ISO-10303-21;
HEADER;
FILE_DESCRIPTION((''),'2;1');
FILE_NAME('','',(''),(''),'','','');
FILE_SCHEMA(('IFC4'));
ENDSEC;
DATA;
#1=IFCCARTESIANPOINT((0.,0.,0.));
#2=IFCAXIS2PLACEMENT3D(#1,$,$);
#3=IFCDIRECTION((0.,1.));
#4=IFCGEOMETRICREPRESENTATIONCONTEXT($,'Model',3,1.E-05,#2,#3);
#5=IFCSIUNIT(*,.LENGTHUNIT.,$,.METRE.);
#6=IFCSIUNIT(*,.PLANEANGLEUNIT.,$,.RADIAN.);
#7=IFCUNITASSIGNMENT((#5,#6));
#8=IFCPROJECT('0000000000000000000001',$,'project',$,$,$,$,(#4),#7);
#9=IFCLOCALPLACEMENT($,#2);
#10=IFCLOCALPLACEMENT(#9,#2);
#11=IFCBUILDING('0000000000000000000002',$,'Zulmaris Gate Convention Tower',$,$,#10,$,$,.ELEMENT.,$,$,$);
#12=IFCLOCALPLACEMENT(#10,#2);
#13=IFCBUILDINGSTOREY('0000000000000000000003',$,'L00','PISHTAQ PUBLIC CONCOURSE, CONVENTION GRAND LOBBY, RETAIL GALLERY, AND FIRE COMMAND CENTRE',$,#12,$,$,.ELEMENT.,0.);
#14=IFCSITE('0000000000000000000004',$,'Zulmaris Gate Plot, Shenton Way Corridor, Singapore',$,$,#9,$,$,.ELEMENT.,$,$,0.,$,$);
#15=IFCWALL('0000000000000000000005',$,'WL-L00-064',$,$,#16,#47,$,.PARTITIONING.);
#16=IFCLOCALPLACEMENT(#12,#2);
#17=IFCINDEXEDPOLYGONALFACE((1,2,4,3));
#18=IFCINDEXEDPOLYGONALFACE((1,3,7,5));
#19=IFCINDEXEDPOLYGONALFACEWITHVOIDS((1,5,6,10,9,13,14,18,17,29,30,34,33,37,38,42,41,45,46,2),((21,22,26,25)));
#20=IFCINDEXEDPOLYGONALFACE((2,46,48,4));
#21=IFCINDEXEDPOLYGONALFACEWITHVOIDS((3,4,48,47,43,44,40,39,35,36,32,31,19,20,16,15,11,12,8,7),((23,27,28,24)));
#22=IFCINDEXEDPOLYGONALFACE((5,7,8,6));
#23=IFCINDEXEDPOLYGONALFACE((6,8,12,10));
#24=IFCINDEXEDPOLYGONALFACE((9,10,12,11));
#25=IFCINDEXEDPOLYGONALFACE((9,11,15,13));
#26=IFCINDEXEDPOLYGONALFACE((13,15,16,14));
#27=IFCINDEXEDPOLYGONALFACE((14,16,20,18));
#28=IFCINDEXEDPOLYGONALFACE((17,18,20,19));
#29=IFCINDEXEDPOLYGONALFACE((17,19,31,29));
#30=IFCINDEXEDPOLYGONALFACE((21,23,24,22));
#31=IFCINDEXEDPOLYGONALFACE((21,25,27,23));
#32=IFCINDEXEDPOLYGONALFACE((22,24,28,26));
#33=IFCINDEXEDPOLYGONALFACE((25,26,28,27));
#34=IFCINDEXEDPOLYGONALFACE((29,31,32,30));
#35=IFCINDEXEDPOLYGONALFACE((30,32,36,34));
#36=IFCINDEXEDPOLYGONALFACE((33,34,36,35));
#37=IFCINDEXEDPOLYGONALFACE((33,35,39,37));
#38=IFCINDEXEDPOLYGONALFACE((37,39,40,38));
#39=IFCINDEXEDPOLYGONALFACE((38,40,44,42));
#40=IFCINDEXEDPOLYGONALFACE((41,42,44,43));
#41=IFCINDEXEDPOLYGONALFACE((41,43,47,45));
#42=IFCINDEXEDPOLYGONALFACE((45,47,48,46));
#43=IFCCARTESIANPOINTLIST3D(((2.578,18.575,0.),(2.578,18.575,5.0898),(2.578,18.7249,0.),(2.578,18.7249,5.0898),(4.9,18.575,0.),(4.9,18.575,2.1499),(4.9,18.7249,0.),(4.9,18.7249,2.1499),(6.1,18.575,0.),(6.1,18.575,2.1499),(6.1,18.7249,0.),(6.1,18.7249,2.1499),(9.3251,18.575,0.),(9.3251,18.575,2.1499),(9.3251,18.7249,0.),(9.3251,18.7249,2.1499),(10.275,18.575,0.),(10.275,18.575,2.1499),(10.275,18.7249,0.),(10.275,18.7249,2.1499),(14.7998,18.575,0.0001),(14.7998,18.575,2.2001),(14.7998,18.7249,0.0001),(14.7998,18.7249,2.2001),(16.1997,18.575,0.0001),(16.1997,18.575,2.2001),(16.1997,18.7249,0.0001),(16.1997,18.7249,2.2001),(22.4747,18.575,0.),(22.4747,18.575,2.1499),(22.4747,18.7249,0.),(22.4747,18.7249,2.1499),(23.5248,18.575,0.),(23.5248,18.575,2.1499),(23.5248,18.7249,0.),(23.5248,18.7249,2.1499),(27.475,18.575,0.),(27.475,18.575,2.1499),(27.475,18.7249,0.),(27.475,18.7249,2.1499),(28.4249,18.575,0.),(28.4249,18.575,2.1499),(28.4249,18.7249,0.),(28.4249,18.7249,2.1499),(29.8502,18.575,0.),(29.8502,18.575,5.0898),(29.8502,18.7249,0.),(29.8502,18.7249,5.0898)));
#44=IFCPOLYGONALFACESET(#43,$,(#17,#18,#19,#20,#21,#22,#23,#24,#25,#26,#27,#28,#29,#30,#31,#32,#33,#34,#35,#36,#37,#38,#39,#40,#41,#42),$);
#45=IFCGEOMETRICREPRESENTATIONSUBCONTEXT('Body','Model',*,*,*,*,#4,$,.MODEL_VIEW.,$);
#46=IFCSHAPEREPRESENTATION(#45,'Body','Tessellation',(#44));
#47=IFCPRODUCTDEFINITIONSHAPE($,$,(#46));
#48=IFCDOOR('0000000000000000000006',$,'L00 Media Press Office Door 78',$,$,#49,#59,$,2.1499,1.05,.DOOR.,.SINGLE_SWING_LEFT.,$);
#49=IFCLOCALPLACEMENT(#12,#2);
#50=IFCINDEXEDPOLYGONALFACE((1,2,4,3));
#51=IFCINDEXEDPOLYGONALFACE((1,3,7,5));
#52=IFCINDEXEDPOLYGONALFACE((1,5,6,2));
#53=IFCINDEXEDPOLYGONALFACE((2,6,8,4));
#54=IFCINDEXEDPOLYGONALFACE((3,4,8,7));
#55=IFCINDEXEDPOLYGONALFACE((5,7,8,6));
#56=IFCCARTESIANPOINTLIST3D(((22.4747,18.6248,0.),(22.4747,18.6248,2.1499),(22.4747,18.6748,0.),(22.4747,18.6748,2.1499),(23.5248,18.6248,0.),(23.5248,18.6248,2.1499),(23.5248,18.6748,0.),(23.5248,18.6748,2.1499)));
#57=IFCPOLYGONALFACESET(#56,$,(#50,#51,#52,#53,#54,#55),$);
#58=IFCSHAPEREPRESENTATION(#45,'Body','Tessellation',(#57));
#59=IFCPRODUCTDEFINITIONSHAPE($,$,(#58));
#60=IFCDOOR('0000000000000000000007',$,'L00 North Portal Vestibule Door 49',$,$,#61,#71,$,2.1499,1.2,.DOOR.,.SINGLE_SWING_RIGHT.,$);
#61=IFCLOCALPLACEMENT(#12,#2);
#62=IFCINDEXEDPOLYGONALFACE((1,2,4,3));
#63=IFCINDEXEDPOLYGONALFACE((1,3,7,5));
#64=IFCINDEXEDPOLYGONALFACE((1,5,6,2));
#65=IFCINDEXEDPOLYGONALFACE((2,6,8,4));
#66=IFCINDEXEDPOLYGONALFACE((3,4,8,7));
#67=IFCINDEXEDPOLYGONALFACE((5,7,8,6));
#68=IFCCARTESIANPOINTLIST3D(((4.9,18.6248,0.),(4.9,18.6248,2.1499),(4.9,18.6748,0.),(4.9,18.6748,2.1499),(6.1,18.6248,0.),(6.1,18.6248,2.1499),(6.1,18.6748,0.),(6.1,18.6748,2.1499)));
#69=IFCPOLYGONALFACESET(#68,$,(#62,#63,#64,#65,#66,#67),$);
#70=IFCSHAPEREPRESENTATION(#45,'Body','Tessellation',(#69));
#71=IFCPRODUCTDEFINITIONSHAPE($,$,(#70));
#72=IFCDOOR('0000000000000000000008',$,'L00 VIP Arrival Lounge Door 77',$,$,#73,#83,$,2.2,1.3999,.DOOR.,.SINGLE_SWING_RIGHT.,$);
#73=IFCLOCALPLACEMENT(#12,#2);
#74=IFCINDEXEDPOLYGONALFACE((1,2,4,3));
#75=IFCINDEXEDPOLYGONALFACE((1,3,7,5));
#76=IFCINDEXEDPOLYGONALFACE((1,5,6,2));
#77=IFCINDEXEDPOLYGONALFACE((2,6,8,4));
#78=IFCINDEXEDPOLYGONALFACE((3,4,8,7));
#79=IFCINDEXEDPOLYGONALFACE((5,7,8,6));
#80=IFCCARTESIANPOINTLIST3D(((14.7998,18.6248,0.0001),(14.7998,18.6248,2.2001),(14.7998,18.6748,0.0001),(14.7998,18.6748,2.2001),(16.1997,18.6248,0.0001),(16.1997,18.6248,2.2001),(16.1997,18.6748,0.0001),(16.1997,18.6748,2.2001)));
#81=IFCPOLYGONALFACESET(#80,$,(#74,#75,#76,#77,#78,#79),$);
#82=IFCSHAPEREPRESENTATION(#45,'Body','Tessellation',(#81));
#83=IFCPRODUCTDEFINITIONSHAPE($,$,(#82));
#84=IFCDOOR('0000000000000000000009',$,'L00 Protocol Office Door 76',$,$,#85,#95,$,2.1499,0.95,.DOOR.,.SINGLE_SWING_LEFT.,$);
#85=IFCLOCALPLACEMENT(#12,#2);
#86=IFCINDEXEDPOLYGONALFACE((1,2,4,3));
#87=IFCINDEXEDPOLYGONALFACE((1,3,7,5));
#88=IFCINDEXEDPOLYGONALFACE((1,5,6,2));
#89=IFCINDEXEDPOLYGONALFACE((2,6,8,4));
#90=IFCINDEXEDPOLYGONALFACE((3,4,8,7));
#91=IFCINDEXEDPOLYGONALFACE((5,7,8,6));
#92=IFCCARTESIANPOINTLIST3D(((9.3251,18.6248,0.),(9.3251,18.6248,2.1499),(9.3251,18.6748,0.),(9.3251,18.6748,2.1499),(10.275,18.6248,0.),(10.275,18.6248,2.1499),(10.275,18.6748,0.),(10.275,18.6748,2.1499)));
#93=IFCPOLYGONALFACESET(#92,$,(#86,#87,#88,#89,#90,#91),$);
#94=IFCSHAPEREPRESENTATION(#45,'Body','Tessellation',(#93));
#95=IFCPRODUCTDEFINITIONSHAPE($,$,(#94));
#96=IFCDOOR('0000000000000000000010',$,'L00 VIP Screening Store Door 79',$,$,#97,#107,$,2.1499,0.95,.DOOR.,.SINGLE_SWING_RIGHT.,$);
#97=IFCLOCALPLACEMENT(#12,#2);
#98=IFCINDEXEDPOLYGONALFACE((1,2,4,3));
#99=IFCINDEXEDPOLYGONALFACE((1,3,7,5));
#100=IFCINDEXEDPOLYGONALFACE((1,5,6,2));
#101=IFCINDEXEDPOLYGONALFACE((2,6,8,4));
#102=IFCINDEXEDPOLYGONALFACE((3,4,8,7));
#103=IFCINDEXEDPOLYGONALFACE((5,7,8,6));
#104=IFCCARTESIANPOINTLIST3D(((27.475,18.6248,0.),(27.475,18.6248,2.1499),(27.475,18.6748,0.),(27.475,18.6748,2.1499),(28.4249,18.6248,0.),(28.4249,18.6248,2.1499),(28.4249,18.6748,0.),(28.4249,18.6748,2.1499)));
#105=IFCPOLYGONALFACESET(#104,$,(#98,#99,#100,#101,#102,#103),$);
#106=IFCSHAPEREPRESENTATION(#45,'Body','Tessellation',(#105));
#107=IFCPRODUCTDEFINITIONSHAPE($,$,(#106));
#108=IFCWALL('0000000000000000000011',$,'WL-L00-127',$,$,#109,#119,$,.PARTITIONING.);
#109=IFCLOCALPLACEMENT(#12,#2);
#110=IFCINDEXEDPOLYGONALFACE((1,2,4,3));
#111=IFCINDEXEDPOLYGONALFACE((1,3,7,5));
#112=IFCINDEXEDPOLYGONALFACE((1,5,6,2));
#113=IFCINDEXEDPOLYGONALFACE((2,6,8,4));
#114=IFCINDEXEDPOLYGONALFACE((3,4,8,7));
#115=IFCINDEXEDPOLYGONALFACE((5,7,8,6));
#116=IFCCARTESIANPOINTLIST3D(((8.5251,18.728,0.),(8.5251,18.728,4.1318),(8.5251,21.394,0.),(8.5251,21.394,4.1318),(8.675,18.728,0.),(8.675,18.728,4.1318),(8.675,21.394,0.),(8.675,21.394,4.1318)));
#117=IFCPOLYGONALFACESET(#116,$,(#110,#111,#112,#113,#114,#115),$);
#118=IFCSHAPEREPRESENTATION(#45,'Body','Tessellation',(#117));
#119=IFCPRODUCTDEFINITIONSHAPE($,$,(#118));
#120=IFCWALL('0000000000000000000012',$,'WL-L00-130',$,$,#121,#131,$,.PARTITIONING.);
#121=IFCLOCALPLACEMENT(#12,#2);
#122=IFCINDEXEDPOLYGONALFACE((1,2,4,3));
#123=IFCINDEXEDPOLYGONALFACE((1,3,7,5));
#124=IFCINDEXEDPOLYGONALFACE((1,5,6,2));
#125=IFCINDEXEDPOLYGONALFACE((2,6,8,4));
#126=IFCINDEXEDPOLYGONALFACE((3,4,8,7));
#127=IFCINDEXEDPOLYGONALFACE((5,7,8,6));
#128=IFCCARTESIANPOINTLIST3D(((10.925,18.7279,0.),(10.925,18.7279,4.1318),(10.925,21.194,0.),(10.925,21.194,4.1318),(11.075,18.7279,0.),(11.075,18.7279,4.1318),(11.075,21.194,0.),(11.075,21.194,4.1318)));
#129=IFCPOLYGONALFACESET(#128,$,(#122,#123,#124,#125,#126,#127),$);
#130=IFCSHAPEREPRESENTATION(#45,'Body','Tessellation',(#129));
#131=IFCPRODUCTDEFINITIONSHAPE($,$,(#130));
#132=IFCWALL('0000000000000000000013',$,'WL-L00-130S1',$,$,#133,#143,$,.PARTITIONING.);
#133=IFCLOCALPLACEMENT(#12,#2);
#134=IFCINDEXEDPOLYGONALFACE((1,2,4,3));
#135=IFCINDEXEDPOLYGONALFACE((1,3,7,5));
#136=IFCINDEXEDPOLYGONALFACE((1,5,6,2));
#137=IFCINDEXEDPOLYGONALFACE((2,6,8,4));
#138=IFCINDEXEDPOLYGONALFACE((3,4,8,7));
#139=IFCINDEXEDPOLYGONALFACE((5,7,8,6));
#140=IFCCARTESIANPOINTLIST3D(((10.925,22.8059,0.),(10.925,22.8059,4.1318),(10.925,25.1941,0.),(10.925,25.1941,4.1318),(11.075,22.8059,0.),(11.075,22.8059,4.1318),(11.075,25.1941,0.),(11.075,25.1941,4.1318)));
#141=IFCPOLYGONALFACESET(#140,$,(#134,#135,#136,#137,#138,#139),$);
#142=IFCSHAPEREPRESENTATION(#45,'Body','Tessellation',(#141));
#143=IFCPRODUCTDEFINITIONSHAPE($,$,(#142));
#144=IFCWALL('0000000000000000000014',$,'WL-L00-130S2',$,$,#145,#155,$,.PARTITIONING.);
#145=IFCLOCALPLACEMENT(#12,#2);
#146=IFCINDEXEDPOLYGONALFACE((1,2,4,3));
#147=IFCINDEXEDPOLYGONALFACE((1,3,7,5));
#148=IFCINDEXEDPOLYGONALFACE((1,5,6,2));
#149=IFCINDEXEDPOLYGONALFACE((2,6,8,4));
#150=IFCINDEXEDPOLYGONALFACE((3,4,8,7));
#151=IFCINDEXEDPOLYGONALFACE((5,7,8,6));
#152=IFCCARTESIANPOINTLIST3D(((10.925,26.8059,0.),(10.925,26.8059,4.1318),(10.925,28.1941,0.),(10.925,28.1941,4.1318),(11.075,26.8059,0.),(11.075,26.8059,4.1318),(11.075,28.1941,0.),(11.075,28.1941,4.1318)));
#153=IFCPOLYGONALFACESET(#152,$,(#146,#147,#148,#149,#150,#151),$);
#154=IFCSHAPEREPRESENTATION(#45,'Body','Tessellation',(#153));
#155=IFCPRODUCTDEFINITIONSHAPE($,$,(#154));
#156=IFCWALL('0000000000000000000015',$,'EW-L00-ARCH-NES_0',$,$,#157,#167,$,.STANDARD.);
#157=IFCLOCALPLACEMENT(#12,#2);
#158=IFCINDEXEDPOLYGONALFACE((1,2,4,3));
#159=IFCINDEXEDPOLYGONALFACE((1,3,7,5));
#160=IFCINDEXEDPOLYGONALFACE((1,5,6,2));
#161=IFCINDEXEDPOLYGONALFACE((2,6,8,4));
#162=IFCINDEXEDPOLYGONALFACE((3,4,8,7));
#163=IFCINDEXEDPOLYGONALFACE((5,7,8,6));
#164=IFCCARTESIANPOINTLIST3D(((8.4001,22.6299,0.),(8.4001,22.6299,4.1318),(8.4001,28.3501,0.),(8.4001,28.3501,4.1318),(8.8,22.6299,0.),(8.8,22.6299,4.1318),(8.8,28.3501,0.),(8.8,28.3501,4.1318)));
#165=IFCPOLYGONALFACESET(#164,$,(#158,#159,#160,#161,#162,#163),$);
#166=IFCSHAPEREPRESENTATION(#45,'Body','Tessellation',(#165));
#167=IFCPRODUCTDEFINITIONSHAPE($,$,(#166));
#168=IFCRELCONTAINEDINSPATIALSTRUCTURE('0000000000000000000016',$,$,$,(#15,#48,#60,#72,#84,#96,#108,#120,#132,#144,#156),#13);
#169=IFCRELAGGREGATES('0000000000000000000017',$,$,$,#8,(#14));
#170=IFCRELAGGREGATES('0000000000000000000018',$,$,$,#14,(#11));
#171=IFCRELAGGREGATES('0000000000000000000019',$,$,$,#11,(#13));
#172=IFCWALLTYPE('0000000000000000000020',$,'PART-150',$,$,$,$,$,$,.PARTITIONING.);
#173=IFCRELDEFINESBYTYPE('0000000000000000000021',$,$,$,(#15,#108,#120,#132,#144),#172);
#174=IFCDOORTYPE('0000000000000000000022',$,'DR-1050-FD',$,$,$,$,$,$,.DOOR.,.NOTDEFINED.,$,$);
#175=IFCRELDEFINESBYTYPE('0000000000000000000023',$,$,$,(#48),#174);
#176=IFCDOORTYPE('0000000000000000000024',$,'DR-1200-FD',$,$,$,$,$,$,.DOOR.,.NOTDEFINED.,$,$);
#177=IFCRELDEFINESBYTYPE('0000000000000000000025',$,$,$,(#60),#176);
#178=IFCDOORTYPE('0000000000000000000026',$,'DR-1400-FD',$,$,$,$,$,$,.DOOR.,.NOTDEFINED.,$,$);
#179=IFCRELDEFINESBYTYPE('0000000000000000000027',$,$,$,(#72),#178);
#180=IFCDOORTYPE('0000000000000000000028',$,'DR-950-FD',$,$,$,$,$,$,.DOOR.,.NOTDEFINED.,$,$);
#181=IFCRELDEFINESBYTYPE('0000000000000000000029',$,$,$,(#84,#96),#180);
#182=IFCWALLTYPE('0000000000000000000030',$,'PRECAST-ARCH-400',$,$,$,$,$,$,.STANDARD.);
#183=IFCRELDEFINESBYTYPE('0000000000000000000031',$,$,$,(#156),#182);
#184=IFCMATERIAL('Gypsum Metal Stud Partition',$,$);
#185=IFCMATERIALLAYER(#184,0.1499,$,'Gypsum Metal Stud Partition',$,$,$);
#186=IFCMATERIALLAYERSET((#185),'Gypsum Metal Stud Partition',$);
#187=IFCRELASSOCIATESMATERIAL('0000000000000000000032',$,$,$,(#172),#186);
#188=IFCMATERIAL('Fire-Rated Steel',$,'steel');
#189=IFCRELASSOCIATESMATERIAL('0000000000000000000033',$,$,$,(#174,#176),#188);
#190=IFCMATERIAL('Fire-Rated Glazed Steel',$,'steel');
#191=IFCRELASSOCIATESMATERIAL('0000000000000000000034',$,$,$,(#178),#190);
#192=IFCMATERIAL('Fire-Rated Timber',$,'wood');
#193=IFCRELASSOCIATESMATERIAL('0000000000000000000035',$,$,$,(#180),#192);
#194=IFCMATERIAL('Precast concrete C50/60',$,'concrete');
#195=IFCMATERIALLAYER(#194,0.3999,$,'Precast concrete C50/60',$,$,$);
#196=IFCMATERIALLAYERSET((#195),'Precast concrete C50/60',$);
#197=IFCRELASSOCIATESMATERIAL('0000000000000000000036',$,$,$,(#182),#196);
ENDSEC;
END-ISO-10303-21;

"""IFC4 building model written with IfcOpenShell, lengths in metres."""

from ifc_helpers import new_model, si_unit, direction, frame, frame_2d, origin, place, context, subcontext, project, spatial, rectangle, extrude, material, layer, layer_set, type_object, element, fill, save


model = new_model("IFC4")

# Units and contexts
model_context = context("Model", 3, precision=1e-05, world=origin(), true_north=direction((0.0, 1.0)))
body_context = subcontext(model_context, "Body", "Model", "MODEL_VIEW")
ifc_project = project(units=[si_unit("LENGTHUNIT", "METRE"), si_unit("PLANEANGLEUNIT", "RADIAN")], contexts=[model_context])

# Site, building, storey
site_placement = place(None, origin())
site = spatial("IfcSite", under=ifc_project, at=site_placement, Name="Zulmaris Gate Plot, Shenton Way Corridor, Singapore", CompositionType="ELEMENT", RefElevation=0.0)
building_placement = place(site_placement, origin())
building = spatial("IfcBuilding", under=site, at=building_placement, Name="Zulmaris Gate Convention Tower", CompositionType="ELEMENT")
storey_placement = place(building_placement, origin())
storey = spatial("IfcBuildingStorey", under=building, at=storey_placement, Name="L00", Description="PISHTAQ PUBLIC CONCOURSE, CONVENTION GRAND LOBBY, RETAIL GALLERY, AND FIRE COMMAND CENTRE", CompositionType="ELEMENT", Elevation=0.0)

# Shared definitions
ifc_material_1 = material(Name="Precast concrete C50/60", Category="concrete")

# Wall, openings, doors
ifc_material_2 = material(Name="Gypsum Metal Stud Partition")
ifc_layer_1 = layer(ifc_material_2, 0.1499, Name="Gypsum Metal Stud Partition")
ifc_layer_set_1 = layer_set([ifc_layer_1], Name="Gypsum Metal Stud Partition")
wall_type_1 = type_object("IfcWallType", Name="PART-150", PredefinedType="PARTITIONING", material=ifc_layer_set_1)
wall_1_placement = place(storey_placement, frame((2.5779, 18.6499, 0.0), z_axis=(0.0, 0.0, 1.0), x_axis=(1.0, 0.0, 0.0)))
wall_1 = element("IfcWall", 1, at=wall_1_placement, inside=storey, type_object=wall_type_1, Name="WL-L00-064", PredefinedType="PARTITIONING", context=body_context, shape_type="SweptSolid", body=[
    extrude(rectangle(XDim=27.2722, YDim=0.1499, at=frame_2d((13.6362, 0.0))), origin(), (0.0, 0.0, 1.0), 5.0898),
])
opening_1_placement = place(wall_1_placement, frame((2.322, 0.0, 0.0)))
opening_1 = element("IfcOpeningElement", 2, at=opening_1_placement, cuts=wall_1, PredefinedType="OPENING", context=body_context, shape_type="SweptSolid", body=[
    extrude(rectangle(XDim=1.2, YDim=2.1499, at=frame_2d((0.6001, 1.075))), frame((0.0, 0.085, 0.0), z_axis=(0.0, -1.0, 0.0), x_axis=(1.0, 0.0, 0.0)), (0.0, 0.0, 1.0), 0.1699),
])
opening_2_placement = place(wall_1_placement, frame((6.7471, 0.0, 0.0)))
opening_2 = element("IfcOpeningElement", 3, at=opening_2_placement, cuts=wall_1, PredefinedType="OPENING", context=body_context, shape_type="SweptSolid", body=[
    extrude(rectangle(XDim=0.95, YDim=2.1499, at=frame_2d((0.4751, 1.075))), frame((0.0, 0.085, 0.0), z_axis=(0.0, -1.0, 0.0), x_axis=(1.0, 0.0, 0.0)), (0.0, 0.0, 1.0), 0.1699),
])
opening_3_placement = place(wall_1_placement, frame((12.2219, 0.0, 0.0)))
opening_3 = element("IfcOpeningElement", 4, at=opening_3_placement, cuts=wall_1, PredefinedType="OPENING", context=body_context, shape_type="SweptSolid", body=[
    extrude(rectangle(XDim=1.3999, YDim=2.2, at=frame_2d((0.7, 1.1001))), frame((0.0, 0.085, 0.0), z_axis=(0.0, -1.0, 0.0), x_axis=(1.0, 0.0, 0.0)), (0.0, 0.0, 1.0), 0.1699),
])
opening_4_placement = place(wall_1_placement, frame((19.897, 0.0, 0.0)))
opening_4 = element("IfcOpeningElement", 5, at=opening_4_placement, cuts=wall_1, PredefinedType="OPENING", context=body_context, shape_type="SweptSolid", body=[
    extrude(rectangle(XDim=1.05, YDim=2.1499, at=frame_2d((0.5249, 1.075))), frame((0.0, 0.085, 0.0), z_axis=(0.0, -1.0, 0.0), x_axis=(1.0, 0.0, 0.0)), (0.0, 0.0, 1.0), 0.1699),
])
opening_5_placement = place(wall_1_placement, frame((24.897, 0.0, 0.0)))
opening_5 = element("IfcOpeningElement", 6, at=opening_5_placement, cuts=wall_1, PredefinedType="OPENING", context=body_context, shape_type="SweptSolid", body=[
    extrude(rectangle(XDim=0.95, YDim=2.1499, at=frame_2d((0.4751, 1.075))), frame((0.0, 0.085, 0.0), z_axis=(0.0, -1.0, 0.0), x_axis=(1.0, 0.0, 0.0)), (0.0, 0.0, 1.0), 0.1699),
])
ifc_material_3 = material(Name="Fire-Rated Steel", Category="steel")
door_type_1 = type_object("IfcDoorType", Name="DR-1050-FD", OperationType="NOTDEFINED", PredefinedType="DOOR", material=ifc_material_3)
door_1_placement = place(opening_4_placement, origin())
door_1 = element("IfcDoor", 7, at=door_1_placement, inside=storey, type_object=door_type_1, Name="L00 Media Press Office Door 78", OperationType="SINGLE_SWING_LEFT", OverallHeight=2.1499, OverallWidth=1.05, PredefinedType="DOOR", context=body_context, shape_type="SweptSolid", body=[
    extrude(rectangle(XDim=1.05, YDim=2.1499, at=frame_2d((0.5249, 1.075))), frame((0.0, 0.0249, 0.0), z_axis=(0.0, -1.0, 0.0), x_axis=(1.0, 0.0, 0.0)), (0.0, 0.0, 1.0), 0.05),
])
fill(opening_4, door_1)
door_type_2 = type_object("IfcDoorType", Name="DR-1200-FD", OperationType="NOTDEFINED", PredefinedType="DOOR", material=ifc_material_3)
door_2_placement = place(opening_1_placement, origin())
door_2 = element("IfcDoor", 8, at=door_2_placement, inside=storey, type_object=door_type_2, Name="L00 North Portal Vestibule Door 49", OperationType="SINGLE_SWING_RIGHT", OverallHeight=2.1499, OverallWidth=1.2, PredefinedType="DOOR", context=body_context, shape_type="SweptSolid", body=[
    extrude(rectangle(XDim=1.2, YDim=2.1499, at=frame_2d((0.6001, 1.075))), frame((0.0, 0.0249, 0.0), z_axis=(0.0, -1.0, 0.0), x_axis=(1.0, 0.0, 0.0)), (0.0, 0.0, 1.0), 0.05),
])
fill(opening_1, door_2)
ifc_material_4 = material(Name="Fire-Rated Glazed Steel", Category="steel")
door_type_3 = type_object("IfcDoorType", Name="DR-1400-FD", OperationType="NOTDEFINED", PredefinedType="DOOR", material=ifc_material_4)
door_3_placement = place(opening_3_placement, origin())
door_3 = element("IfcDoor", 9, at=door_3_placement, inside=storey, type_object=door_type_3, Name="L00 VIP Arrival Lounge Door 77", OperationType="SINGLE_SWING_RIGHT", OverallHeight=2.2, OverallWidth=1.3999, PredefinedType="DOOR", context=body_context, shape_type="SweptSolid", body=[
    extrude(rectangle(XDim=1.3999, YDim=2.2, at=frame_2d((0.7, 1.1001))), frame((0.0, 0.0249, 0.0), z_axis=(0.0, -1.0, 0.0), x_axis=(1.0, 0.0, 0.0)), (0.0, 0.0, 1.0), 0.05),
])
fill(opening_3, door_3)
ifc_material_5 = material(Name="Fire-Rated Timber", Category="wood")
door_type_4 = type_object("IfcDoorType", Name="DR-950-FD", OperationType="NOTDEFINED", PredefinedType="DOOR", material=ifc_material_5)
door_4_placement = place(opening_2_placement, origin())
door_4 = element("IfcDoor", 10, at=door_4_placement, inside=storey, type_object=door_type_4, Name="L00 Protocol Office Door 76", OperationType="SINGLE_SWING_LEFT", OverallHeight=2.1499, OverallWidth=0.95, PredefinedType="DOOR", context=body_context, shape_type="SweptSolid", body=[
    extrude(rectangle(XDim=0.95, YDim=2.1499, at=frame_2d((0.4751, 1.075))), frame((0.0, 0.0249, 0.0), z_axis=(0.0, -1.0, 0.0), x_axis=(1.0, 0.0, 0.0)), (0.0, 0.0, 1.0), 0.05),
])
fill(opening_2, door_4)
door_5_placement = place(opening_5_placement, origin())
door_5 = element("IfcDoor", 11, at=door_5_placement, inside=storey, type_object=door_type_4, Name="L00 VIP Screening Store Door 79", OperationType="SINGLE_SWING_RIGHT", OverallHeight=2.1499, OverallWidth=0.95, PredefinedType="DOOR", context=body_context, shape_type="SweptSolid", body=[
    extrude(rectangle(XDim=0.95, YDim=2.1499, at=frame_2d((0.4751, 1.075))), frame((0.0, 0.0249, 0.0), z_axis=(0.0, -1.0, 0.0), x_axis=(1.0, 0.0, 0.0)), (0.0, 0.0, 1.0), 0.05),
])
fill(opening_5, door_5)

# Walls
wall_2_placement = place(storey_placement, frame((8.6001, 18.728, 0.0), z_axis=(0.0, 0.0, 1.0), x_axis=(0.0, 1.0, 0.0)))
element("IfcWall", 12, at=wall_2_placement, inside=storey, type_object=wall_type_1, Name="WL-L00-127", PredefinedType="PARTITIONING", context=body_context, shape_type="SweptSolid", body=[
    extrude(rectangle(XDim=2.666, YDim=0.1499, at=frame_2d((1.333, 0.0))), origin(), (0.0, 0.0, 1.0), 4.1318),
])
wall_3_placement = place(storey_placement, frame((11.0, 18.728, 0.0), z_axis=(0.0, 0.0, 1.0), x_axis=(0.0, 1.0, 0.0)))
element("IfcWall", 13, at=wall_3_placement, inside=storey, type_object=wall_type_1, Name="WL-L00-130", PredefinedType="PARTITIONING", context=body_context, shape_type="SweptSolid", body=[
    extrude(rectangle(XDim=2.4661, YDim=0.1499, at=frame_2d((1.2329, 0.0))), origin(), (0.0, 0.0, 1.0), 4.1318),
])
wall_4_placement = place(storey_placement, frame((11.0, 22.8059, 0.0), z_axis=(0.0, 0.0, 1.0), x_axis=(0.0, 1.0, 0.0)))
element("IfcWall", 14, at=wall_4_placement, inside=storey, type_object=wall_type_1, Name="WL-L00-130S1", PredefinedType="PARTITIONING", context=body_context, shape_type="SweptSolid", body=[
    extrude(rectangle(XDim=2.3882, YDim=0.1499, at=frame_2d((1.1941, 0.0))), origin(), (0.0, 0.0, 1.0), 4.1318),
])
wall_5_placement = place(storey_placement, frame((11.0, 26.8059, 0.0), z_axis=(0.0, 0.0, 1.0), x_axis=(0.0, 1.0, 0.0)))
element("IfcWall", 15, at=wall_5_placement, inside=storey, type_object=wall_type_1, Name="WL-L00-130S2", PredefinedType="PARTITIONING", context=body_context, shape_type="SweptSolid", body=[
    extrude(rectangle(XDim=1.3882, YDim=0.1499, at=frame_2d((0.6941, 0.0))), origin(), (0.0, 0.0, 1.0), 4.1318),
])
ifc_layer_2 = layer(ifc_material_1, 0.3999, Name="Precast concrete C50/60")
ifc_layer_set_2 = layer_set([ifc_layer_2], Name="Precast concrete C50/60")
wall_type_2 = type_object("IfcWallType", Name="PRECAST-ARCH-400", PredefinedType="STANDARD", material=ifc_layer_set_2)
wall_6_placement = place(storey_placement, frame((8.6001, 28.3501, 0.0), z_axis=(0.0, 0.0, 1.0), x_axis=(0.0, -1.0, 0.0)))
element("IfcWall", 16, at=wall_6_placement, inside=storey, type_object=wall_type_2, Name="EW-L00-ARCH-NES_0", PredefinedType="STANDARD", context=body_context, shape_type="SweptSolid", body=[
    extrude(rectangle(XDim=5.7202, YDim=0.3999, at=frame_2d((2.8601, 0.0))), origin(), (0.0, 0.0, 1.0), 4.1318),
])

save(model, "model.ifc")
